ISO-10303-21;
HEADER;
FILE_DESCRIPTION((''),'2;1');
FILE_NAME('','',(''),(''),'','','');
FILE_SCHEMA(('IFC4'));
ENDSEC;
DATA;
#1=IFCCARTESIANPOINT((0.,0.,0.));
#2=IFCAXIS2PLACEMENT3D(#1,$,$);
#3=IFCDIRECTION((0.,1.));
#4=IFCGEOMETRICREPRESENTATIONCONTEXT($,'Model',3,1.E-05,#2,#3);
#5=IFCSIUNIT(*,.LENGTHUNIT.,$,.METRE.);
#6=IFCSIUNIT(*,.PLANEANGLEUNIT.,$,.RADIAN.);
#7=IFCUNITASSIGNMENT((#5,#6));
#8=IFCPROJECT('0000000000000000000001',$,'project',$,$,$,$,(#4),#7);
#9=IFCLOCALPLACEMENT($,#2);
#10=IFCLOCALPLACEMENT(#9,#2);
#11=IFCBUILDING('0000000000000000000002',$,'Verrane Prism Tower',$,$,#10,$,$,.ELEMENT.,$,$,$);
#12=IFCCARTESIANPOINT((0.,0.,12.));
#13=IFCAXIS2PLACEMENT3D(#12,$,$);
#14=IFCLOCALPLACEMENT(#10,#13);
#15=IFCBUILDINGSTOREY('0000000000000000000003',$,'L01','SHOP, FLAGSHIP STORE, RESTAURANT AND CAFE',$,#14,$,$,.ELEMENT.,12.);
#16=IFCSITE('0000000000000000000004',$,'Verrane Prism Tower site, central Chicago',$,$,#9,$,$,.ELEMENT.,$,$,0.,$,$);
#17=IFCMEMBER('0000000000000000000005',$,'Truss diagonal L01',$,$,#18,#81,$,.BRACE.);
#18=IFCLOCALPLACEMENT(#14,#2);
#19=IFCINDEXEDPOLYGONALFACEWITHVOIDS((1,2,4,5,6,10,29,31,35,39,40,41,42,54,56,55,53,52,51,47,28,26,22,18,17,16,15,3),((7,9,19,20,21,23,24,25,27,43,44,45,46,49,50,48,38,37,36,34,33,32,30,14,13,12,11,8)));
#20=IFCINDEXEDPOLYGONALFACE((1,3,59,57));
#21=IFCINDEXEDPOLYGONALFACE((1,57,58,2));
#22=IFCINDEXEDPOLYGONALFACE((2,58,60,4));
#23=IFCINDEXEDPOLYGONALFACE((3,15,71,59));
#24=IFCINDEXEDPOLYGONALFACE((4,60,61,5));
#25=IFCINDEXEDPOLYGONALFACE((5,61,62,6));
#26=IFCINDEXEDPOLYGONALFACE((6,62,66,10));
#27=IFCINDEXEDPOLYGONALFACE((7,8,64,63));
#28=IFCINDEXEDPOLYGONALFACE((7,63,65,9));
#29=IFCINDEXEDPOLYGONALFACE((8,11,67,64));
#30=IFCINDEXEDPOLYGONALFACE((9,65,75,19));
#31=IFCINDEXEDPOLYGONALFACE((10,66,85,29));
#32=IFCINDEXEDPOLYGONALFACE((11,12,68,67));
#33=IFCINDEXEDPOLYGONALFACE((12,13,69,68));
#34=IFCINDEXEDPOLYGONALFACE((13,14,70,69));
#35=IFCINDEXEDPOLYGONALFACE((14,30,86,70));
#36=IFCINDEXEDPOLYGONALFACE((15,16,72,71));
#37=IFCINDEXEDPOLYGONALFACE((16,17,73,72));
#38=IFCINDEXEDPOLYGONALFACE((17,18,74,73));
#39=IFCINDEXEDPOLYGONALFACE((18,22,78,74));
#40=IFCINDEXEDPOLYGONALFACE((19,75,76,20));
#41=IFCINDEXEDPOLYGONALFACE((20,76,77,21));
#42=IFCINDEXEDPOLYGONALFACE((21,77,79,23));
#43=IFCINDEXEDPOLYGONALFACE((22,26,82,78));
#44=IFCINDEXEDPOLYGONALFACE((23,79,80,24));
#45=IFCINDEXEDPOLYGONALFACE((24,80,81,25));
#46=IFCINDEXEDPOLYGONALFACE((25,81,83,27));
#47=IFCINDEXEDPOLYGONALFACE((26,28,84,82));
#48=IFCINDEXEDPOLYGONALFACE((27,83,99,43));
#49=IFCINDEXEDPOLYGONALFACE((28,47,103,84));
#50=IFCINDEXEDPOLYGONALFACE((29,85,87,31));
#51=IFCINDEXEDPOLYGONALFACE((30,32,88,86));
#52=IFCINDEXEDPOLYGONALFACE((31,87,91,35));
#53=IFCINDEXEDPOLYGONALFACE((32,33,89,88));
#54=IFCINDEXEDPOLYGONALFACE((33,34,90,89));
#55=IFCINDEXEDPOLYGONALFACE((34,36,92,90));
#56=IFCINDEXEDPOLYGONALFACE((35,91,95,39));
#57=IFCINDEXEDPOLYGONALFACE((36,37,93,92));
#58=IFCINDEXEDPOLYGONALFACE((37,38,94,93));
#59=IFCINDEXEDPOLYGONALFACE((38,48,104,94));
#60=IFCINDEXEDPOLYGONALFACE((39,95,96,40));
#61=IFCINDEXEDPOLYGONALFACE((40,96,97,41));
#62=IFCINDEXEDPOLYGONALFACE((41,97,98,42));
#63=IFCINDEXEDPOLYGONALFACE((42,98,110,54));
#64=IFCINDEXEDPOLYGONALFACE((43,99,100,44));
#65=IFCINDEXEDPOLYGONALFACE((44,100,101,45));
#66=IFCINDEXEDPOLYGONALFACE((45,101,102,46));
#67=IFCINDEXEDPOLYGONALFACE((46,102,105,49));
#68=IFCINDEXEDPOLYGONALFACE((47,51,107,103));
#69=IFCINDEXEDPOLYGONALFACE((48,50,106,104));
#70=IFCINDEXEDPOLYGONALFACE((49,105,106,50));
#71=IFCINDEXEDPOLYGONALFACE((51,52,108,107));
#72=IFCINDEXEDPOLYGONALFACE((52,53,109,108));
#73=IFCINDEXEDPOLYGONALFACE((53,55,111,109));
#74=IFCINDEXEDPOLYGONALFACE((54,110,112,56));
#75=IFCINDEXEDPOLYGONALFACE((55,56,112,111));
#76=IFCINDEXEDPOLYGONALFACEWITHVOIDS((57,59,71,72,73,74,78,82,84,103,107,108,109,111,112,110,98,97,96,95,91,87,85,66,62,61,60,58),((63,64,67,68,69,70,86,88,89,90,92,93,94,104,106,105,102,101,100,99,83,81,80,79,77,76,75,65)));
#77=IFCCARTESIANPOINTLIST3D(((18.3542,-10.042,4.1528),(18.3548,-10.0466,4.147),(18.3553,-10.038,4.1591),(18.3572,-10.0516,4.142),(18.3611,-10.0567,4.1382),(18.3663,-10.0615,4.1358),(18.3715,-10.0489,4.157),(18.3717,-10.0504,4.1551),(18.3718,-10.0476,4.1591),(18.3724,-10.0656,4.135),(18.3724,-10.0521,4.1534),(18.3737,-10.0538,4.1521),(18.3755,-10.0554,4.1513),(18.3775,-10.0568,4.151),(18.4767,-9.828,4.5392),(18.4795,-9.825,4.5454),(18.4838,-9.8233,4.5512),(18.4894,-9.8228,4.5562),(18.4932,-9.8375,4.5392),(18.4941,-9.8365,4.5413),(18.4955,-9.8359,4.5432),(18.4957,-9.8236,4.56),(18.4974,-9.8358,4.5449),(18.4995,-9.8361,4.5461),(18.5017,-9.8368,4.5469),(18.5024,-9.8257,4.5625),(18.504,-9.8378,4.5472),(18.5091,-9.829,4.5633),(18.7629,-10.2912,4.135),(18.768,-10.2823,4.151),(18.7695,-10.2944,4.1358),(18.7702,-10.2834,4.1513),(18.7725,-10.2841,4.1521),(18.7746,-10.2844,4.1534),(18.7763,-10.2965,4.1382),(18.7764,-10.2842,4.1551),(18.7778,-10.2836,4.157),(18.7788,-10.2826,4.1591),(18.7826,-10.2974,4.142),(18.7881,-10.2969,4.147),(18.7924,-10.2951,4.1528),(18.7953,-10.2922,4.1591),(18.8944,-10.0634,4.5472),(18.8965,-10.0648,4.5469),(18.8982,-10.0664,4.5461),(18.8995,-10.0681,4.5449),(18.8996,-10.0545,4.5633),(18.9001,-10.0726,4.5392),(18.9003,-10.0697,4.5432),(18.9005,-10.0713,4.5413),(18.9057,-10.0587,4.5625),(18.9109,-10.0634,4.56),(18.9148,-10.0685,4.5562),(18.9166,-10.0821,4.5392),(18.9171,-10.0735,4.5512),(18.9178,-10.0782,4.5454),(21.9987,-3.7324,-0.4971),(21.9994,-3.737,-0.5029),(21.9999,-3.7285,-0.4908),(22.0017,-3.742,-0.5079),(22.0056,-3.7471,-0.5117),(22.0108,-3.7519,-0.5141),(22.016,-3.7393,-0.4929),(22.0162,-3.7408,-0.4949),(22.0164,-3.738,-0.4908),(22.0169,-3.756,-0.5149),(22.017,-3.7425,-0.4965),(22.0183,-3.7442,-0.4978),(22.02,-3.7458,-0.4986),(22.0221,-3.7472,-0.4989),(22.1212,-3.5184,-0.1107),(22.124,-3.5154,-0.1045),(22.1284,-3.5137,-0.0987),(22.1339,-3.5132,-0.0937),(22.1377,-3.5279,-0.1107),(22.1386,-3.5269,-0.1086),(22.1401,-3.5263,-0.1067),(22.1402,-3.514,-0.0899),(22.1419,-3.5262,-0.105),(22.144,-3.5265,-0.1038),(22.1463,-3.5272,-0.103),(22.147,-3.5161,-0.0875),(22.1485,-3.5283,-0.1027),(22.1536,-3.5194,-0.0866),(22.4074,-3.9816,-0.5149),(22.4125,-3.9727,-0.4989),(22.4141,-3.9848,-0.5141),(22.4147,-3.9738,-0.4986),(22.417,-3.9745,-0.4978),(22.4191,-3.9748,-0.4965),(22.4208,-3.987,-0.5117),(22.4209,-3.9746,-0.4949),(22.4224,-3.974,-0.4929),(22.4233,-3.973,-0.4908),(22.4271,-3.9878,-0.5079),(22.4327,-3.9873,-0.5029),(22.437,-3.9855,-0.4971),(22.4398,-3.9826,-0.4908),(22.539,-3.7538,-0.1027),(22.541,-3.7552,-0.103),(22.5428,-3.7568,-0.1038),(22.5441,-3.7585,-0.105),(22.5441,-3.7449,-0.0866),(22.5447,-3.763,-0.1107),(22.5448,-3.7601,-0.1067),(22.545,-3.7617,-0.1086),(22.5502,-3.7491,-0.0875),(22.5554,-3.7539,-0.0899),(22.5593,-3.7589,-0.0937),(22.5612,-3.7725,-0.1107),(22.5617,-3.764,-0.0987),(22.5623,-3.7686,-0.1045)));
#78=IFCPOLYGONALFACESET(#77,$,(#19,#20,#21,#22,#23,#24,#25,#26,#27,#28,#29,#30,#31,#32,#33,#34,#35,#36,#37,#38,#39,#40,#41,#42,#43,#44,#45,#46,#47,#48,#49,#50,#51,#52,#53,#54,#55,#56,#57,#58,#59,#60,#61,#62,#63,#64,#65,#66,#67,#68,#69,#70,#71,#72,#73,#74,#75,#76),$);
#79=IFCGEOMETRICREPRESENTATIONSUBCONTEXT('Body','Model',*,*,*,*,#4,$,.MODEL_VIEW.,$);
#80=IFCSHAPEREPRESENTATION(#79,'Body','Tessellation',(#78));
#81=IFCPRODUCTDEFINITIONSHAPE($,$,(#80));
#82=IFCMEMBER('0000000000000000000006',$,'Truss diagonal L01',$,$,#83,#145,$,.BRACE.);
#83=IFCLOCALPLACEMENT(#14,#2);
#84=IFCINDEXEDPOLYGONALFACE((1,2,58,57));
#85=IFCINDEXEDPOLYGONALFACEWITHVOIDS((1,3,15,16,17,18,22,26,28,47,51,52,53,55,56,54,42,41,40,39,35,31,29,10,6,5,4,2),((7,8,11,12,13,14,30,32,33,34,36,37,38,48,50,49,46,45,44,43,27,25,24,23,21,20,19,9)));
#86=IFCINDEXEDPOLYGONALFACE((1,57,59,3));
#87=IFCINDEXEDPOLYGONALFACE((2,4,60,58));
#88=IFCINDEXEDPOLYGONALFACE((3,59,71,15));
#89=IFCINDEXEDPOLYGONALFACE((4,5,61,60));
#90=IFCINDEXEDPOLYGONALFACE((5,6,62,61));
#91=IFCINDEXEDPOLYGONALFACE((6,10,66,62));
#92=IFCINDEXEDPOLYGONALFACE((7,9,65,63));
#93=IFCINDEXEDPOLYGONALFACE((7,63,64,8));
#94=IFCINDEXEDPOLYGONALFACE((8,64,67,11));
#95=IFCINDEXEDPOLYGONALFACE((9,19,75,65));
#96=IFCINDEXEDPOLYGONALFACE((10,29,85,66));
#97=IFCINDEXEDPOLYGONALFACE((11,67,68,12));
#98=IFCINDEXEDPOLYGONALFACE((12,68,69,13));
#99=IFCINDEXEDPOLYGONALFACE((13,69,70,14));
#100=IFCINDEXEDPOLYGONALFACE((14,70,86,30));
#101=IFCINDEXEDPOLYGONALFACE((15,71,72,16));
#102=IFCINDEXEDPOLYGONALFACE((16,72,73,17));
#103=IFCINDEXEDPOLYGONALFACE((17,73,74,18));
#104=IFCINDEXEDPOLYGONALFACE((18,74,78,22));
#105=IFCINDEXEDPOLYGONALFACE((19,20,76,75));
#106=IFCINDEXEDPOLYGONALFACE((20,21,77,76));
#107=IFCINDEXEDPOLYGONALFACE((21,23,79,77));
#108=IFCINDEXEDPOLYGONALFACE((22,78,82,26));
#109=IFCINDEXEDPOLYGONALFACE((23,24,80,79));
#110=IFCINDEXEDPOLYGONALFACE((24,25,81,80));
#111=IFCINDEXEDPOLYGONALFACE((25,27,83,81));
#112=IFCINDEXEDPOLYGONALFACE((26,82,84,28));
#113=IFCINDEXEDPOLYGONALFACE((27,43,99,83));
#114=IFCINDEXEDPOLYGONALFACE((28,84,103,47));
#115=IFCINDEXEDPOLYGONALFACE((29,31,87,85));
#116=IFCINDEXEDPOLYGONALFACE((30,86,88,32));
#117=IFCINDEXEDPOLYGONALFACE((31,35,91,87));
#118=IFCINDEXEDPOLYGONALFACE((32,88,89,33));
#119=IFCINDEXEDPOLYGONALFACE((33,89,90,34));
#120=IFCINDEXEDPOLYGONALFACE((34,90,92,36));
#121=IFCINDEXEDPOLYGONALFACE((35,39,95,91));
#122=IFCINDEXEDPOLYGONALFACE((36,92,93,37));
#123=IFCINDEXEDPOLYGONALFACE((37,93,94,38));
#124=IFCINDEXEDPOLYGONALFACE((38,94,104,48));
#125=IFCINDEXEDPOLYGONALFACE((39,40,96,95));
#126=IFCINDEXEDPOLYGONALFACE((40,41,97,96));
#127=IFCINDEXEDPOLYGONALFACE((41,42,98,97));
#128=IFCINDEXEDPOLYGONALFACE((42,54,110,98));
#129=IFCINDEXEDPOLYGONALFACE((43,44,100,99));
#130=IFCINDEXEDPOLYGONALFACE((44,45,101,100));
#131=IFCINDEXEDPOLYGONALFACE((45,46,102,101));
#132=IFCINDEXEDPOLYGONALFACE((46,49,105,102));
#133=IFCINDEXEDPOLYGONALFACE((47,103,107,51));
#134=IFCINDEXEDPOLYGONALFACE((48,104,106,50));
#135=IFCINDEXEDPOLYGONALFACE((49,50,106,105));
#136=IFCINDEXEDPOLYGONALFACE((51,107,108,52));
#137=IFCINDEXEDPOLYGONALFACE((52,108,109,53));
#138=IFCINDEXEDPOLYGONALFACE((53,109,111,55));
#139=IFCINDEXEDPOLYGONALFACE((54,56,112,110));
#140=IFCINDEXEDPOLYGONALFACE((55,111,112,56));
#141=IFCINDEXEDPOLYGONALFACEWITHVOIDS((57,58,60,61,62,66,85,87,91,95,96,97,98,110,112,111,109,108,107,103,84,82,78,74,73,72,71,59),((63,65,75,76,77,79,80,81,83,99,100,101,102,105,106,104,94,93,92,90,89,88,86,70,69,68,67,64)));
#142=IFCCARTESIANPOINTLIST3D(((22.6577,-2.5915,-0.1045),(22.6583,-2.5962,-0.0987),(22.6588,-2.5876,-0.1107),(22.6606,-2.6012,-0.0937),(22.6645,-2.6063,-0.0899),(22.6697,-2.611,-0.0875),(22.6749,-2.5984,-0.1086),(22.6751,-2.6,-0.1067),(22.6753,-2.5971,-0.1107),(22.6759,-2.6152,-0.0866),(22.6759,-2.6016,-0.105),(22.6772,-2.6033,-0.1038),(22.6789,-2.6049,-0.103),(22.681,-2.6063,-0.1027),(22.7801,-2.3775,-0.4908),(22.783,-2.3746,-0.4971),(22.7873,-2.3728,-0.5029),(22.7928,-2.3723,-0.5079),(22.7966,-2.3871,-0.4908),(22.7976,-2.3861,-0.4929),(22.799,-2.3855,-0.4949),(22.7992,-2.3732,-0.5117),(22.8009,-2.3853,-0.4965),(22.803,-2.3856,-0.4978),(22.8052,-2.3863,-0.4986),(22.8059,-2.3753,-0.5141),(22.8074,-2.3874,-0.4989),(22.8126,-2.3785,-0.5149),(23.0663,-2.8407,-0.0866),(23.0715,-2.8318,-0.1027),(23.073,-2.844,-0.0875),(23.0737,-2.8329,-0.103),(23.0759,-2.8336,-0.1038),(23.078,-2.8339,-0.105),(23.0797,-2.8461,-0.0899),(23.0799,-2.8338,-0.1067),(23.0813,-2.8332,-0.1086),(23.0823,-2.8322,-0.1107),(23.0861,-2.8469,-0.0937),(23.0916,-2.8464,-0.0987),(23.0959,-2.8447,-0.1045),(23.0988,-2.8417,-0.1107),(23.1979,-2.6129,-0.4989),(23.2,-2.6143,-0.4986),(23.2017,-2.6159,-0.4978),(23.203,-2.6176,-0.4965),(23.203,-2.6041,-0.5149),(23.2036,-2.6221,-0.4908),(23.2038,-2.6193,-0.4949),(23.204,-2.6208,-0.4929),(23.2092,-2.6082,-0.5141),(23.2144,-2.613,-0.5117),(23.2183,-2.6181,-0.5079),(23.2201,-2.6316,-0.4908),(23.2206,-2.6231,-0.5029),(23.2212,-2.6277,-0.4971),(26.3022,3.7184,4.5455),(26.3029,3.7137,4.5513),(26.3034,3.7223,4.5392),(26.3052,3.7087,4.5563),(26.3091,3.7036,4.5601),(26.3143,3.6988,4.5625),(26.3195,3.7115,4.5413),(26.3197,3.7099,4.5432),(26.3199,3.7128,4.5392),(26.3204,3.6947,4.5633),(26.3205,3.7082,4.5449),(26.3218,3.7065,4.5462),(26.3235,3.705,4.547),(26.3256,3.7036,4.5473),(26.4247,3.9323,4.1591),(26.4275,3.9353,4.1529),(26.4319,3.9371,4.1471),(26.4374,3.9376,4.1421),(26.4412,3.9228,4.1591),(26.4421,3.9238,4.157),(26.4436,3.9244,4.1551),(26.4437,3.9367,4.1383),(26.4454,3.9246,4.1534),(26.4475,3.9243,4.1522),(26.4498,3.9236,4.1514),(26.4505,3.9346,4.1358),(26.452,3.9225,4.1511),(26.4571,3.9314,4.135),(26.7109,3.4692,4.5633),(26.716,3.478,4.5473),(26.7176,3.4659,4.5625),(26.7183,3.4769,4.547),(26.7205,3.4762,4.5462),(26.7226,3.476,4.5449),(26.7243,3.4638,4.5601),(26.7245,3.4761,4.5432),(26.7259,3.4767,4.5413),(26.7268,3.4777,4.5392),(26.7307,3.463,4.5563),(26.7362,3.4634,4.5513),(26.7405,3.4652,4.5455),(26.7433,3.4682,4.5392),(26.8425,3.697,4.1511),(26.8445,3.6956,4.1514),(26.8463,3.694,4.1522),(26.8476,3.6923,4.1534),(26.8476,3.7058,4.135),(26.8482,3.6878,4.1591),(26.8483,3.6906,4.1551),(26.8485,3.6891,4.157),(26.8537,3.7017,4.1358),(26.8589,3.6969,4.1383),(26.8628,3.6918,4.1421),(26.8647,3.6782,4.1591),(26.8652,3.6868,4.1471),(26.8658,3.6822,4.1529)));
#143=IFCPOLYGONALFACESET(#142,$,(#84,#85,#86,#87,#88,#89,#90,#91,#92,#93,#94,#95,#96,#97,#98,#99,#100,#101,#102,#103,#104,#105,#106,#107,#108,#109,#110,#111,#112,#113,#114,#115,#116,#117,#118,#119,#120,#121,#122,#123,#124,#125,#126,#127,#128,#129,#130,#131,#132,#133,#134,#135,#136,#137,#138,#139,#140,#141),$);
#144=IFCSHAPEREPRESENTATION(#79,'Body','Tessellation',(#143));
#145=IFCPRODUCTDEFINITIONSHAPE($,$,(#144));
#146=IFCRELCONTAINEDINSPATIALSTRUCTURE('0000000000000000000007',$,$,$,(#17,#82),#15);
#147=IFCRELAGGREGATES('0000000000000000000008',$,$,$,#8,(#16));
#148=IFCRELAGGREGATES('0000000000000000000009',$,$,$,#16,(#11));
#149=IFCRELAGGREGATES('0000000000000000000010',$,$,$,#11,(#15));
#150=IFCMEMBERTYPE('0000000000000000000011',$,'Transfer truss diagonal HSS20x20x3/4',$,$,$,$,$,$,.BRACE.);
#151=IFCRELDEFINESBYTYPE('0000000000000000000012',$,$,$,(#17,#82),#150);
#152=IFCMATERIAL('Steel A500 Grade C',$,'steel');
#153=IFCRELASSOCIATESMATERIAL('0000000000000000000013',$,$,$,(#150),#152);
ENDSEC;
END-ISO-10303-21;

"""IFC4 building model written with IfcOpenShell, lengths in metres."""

from ifc_helpers import new_model, si_unit, direction, frame, origin, origin_2d, place, context, subcontext, project, spatial, hollow_rectangle, extrude, material, material_profile, profile_set, type_object, element, save


model = new_model("IFC4")

# Units and contexts
model_context = context("Model", 3, precision=1e-05, world=origin(), true_north=direction((0.0, 1.0)))
body_context = subcontext(model_context, "Body", "Model", "MODEL_VIEW")
ifc_project = project(units=[si_unit("LENGTHUNIT", "METRE"), si_unit("PLANEANGLEUNIT", "RADIAN")], contexts=[model_context])

# Site, building, storey
site_placement = place(None, origin())
site = spatial("IfcSite", under=ifc_project, at=site_placement, Name="Verrane Prism Tower site, central Chicago", CompositionType="ELEMENT", RefElevation=0.0)
building_placement = place(site_placement, origin())
building = spatial("IfcBuilding", under=site, at=building_placement, Name="Verrane Prism Tower", CompositionType="ELEMENT")
storey_placement = place(building_placement, frame((0.0, 0.0, 12.0)))
storey = spatial("IfcBuildingStorey", under=building, at=storey_placement, Name="L01", Description="SHOP, FLAGSHIP STORE, RESTAURANT AND CAFE", CompositionType="ELEMENT", Elevation=12.0)

# Members
ifc_material_1 = material(Name="Steel A500 Grade C", Category="steel")
ifc_material_profile_1 = material_profile(ifc_material_1, hollow_rectangle(XDim=0.5081, YDim=0.5081, WallThickness=0.019, InnerFilletRadius=0.0095, OuterFilletRadius=0.0286, at=origin_2d()), Name="HSS20x20x3/4")
ifc_profile_set_1 = profile_set([ifc_material_profile_1], Name="Steel A500 Grade C")
member_type_1 = type_object("IfcMemberType", Name="Transfer truss diagonal HSS20x20x3/4", PredefinedType="BRACE", material=ifc_profile_set_1)
member_1_placement = place(storey_placement, frame((22.2805, -3.7505, -0.3008), z_axis=(-0.421636, -0.729955, 0.537948), x_axis=(0.865924, -0.500175, 0.0)))
element("IfcMember", 1, at=member_1_placement, inside=storey, type_object=member_type_1, Name="Truss diagonal L01", PredefinedType="BRACE", context=body_context, shape_type="SweptSolid", body=[
    extrude(hollow_rectangle(XDim=0.5081, YDim=0.5081, WallThickness=0.019, InnerFilletRadius=0.0095, OuterFilletRadius=0.0286, at=origin_2d()), origin(), (0.0, 0.0, 1.0), 8.6438),
])
member_2_placement = place(storey_placement, frame((22.9395, -2.6096, -0.3008), z_axis=(0.421628, 0.729968, 0.537937), x_axis=(-0.865933, 0.50016, 0.0)))
element("IfcMember", 2, at=member_2_placement, inside=storey, type_object=member_type_1, Name="Truss diagonal L01", PredefinedType="BRACE", context=body_context, shape_type="SweptSolid", body=[
    extrude(hollow_rectangle(XDim=0.5081, YDim=0.5081, WallThickness=0.019, InnerFilletRadius=0.0095, OuterFilletRadius=0.0286, at=origin_2d()), origin(), (0.0, 0.0, 1.0), 8.644),
])

save(model, "model.ifc")
